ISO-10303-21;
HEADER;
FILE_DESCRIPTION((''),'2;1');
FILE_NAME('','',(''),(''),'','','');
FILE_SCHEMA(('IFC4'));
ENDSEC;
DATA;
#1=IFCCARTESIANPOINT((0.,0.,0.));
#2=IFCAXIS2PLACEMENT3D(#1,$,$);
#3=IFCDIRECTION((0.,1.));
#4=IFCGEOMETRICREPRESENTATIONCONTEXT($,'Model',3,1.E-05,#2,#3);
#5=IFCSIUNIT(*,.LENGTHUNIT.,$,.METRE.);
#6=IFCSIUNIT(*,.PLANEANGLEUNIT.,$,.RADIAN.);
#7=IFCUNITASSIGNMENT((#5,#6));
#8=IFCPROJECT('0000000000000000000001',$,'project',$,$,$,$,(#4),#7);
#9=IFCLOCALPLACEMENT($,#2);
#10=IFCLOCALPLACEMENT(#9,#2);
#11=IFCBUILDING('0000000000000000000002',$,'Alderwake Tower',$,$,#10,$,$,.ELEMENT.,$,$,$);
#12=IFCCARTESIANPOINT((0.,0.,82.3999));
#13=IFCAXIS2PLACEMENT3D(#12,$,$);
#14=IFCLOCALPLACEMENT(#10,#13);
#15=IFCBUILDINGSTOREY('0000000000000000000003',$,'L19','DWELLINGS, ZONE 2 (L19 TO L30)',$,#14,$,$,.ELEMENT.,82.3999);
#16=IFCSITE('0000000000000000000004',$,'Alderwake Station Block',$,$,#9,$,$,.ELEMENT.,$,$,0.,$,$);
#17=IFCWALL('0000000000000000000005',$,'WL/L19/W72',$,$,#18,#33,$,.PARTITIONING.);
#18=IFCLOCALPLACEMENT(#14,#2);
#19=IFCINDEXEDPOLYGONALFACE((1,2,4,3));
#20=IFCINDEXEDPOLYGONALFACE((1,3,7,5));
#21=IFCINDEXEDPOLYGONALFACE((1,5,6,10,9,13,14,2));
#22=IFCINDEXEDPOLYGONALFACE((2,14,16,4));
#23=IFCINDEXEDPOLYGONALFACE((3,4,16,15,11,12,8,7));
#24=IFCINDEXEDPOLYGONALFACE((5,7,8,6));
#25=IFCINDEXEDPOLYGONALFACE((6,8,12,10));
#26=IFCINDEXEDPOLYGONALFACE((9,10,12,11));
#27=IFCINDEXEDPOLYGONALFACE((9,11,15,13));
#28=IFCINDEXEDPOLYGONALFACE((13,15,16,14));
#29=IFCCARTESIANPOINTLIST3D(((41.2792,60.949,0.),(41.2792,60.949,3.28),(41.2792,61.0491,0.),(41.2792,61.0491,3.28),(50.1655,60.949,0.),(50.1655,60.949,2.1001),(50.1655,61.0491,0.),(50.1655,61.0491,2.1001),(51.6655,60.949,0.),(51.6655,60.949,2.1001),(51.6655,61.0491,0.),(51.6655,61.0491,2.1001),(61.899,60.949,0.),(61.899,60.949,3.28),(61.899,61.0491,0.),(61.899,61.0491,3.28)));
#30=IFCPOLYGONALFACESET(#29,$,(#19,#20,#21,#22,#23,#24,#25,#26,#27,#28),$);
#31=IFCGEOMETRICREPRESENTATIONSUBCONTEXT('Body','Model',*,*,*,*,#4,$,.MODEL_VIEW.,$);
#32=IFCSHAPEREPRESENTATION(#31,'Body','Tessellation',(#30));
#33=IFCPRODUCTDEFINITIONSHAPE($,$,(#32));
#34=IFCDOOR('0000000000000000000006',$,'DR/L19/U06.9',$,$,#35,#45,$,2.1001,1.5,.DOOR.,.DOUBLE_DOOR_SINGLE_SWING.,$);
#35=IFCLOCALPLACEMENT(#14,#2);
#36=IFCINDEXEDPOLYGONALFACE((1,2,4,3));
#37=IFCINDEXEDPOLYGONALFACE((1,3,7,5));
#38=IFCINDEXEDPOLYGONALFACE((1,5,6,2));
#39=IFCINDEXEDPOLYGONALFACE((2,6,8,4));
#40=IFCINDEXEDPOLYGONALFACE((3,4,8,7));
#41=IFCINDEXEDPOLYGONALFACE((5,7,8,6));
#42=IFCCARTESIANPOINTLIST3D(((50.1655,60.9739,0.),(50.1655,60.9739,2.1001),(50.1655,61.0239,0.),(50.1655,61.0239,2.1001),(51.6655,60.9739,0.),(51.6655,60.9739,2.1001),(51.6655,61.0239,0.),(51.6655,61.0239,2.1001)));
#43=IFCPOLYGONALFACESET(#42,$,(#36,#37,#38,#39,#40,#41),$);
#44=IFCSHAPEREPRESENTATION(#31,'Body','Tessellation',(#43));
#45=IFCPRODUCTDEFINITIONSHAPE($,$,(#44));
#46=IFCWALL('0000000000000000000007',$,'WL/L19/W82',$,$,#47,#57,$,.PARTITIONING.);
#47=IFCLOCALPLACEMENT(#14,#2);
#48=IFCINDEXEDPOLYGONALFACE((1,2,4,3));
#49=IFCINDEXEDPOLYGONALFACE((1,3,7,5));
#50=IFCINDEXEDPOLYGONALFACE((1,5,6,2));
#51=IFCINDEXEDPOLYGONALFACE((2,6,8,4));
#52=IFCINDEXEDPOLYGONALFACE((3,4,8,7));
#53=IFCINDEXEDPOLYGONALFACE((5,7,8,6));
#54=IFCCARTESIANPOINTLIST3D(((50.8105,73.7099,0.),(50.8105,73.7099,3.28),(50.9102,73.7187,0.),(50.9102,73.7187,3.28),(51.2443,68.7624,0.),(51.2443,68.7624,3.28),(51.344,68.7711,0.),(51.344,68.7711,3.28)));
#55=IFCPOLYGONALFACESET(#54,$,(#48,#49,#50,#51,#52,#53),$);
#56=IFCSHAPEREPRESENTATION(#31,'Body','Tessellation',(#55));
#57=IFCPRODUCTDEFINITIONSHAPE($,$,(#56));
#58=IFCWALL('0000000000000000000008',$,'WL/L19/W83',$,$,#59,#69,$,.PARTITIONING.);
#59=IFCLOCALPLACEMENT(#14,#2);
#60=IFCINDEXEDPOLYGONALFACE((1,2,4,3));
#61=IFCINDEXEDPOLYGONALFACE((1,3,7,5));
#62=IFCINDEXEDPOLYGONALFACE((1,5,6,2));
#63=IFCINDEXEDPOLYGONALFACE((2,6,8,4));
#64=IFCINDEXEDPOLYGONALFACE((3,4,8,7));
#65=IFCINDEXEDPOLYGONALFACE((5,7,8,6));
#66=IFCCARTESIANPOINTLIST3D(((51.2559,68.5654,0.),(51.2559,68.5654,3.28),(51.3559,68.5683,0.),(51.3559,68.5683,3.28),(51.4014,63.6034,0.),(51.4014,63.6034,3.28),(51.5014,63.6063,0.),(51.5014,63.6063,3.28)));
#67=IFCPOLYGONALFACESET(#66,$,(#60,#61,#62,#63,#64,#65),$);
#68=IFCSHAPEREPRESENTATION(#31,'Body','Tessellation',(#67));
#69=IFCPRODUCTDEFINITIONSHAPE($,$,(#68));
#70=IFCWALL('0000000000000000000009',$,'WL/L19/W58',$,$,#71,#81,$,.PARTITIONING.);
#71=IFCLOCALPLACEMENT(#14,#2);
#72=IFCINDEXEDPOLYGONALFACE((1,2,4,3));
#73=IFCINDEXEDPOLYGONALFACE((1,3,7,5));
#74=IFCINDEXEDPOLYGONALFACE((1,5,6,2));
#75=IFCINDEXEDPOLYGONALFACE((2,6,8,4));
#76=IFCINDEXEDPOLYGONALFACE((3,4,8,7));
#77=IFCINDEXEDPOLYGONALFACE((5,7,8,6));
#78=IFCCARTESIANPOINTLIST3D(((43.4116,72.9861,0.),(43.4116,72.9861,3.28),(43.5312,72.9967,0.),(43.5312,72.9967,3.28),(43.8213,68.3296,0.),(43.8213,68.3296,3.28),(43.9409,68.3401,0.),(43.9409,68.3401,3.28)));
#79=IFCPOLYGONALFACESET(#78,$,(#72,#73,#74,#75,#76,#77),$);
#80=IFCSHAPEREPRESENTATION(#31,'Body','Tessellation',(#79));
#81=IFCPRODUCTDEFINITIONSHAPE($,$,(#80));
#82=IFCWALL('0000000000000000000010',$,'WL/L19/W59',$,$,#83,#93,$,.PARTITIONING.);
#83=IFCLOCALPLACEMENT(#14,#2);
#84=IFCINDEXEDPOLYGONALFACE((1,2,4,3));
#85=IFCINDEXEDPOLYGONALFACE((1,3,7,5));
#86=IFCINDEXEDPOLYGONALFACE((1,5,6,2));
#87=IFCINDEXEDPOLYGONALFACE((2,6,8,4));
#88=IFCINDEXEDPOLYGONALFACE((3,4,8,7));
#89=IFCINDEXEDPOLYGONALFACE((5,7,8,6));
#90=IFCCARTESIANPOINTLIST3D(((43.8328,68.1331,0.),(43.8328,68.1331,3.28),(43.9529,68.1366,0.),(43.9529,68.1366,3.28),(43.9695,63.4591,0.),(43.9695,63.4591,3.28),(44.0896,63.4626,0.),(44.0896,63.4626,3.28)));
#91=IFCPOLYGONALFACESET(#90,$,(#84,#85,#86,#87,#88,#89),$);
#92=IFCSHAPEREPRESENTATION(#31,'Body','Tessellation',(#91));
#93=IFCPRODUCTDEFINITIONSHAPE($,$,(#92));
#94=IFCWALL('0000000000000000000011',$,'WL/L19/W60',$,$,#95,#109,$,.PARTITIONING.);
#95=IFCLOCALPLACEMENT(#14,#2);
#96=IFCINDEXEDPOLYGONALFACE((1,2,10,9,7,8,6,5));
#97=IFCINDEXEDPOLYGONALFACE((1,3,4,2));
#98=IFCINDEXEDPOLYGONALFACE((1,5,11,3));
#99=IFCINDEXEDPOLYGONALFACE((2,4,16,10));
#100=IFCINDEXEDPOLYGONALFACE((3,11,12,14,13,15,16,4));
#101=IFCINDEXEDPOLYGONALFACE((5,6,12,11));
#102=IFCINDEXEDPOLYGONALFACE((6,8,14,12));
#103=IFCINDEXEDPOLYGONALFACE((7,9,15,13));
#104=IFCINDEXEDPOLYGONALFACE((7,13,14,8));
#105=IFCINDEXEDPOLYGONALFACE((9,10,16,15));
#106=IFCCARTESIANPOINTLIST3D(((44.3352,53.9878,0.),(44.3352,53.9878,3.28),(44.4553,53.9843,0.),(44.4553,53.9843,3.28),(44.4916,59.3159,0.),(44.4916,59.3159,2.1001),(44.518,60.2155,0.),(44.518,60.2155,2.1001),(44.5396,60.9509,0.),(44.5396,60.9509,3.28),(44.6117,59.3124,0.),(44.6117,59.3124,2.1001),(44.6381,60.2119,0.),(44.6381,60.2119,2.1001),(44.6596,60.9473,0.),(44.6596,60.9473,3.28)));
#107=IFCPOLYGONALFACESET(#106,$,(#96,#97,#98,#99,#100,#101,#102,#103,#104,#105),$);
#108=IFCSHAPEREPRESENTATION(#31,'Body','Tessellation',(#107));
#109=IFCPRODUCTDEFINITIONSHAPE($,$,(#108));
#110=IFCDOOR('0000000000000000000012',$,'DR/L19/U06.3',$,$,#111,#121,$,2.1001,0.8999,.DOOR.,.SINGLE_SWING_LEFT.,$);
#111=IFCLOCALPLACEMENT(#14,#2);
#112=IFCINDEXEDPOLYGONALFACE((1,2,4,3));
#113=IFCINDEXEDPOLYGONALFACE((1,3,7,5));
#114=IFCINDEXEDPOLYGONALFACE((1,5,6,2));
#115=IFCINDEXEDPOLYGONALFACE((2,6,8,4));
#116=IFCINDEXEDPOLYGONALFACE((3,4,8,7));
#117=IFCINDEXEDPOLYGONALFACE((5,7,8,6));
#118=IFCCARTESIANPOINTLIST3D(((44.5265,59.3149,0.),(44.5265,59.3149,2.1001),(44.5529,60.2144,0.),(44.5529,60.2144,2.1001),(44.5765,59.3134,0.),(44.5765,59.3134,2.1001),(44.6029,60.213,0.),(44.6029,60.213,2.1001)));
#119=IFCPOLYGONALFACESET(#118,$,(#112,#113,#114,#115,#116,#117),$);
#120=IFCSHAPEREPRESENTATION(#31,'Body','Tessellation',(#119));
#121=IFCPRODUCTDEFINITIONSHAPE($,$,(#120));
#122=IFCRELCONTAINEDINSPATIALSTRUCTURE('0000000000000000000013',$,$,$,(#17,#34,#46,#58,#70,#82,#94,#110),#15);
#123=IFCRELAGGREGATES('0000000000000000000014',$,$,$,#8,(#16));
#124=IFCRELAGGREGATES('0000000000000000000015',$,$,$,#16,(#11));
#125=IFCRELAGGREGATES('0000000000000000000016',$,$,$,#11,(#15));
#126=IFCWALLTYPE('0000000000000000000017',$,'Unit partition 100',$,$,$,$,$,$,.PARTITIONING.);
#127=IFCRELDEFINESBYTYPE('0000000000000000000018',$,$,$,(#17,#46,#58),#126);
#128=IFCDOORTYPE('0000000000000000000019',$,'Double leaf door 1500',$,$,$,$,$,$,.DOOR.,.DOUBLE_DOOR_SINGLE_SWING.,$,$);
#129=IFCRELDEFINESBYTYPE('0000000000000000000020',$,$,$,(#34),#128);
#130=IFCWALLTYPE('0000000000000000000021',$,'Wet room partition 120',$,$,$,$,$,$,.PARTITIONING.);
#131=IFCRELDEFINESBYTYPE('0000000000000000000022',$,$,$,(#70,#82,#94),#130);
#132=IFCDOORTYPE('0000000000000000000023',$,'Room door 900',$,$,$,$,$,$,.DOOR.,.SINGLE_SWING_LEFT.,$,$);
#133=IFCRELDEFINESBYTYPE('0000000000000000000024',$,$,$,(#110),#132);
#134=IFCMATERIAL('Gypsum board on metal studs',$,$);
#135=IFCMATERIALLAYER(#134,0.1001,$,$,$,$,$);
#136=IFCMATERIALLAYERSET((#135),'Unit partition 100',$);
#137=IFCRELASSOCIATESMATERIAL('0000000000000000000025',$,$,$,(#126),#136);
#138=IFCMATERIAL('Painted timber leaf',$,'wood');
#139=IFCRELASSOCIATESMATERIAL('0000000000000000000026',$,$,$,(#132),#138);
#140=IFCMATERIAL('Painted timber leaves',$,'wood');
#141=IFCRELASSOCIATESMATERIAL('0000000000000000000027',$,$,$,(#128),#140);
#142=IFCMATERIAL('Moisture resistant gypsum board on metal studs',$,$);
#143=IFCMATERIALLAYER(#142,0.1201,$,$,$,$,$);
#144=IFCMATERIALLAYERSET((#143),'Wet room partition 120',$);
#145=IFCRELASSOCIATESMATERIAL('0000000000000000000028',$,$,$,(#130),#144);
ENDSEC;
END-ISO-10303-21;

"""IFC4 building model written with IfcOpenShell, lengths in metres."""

from ifc_helpers import new_model, si_unit, direction, frame, frame_2d, origin, place, context, subcontext, project, spatial, rectangle, extrude, material, layer, layer_set, type_object, element, fill, save


model = new_model("IFC4")

# Units and contexts
model_context = context("Model", 3, precision=1e-05, world=origin(), true_north=direction((0.0, 1.0)))
body_context = subcontext(model_context, "Body", "Model", "MODEL_VIEW")
ifc_project = project(units=[si_unit("LENGTHUNIT", "METRE"), si_unit("PLANEANGLEUNIT", "RADIAN")], contexts=[model_context])

# Site, building, storey
site_placement = place(None, origin())
site = spatial("IfcSite", under=ifc_project, at=site_placement, Name="Alderwake Station Block", CompositionType="ELEMENT", RefElevation=0.0)
building_placement = place(site_placement, origin())
building = spatial("IfcBuilding", under=site, at=building_placement, Name="Alderwake Tower", CompositionType="ELEMENT")
storey_placement = place(building_placement, frame((0.0, 0.0, 82.3999)))
storey = spatial("IfcBuildingStorey", under=building, at=storey_placement, Name="L19", Description="DWELLINGS, ZONE 2 (L19 TO L30)", CompositionType="ELEMENT", Elevation=82.3999)

# Shared definitions
ifc_material_1 = material(Name="Gypsum board on metal studs")
ifc_layer_1 = layer(ifc_material_1, 0.1001)
ifc_layer_set_1 = layer_set([ifc_layer_1], Name="Unit partition 100")
wall_type_1 = type_object("IfcWallType", Name="Unit partition 100", PredefinedType="PARTITIONING", material=ifc_layer_set_1)
ifc_material_2 = material(Name="Painted timber leaf", Category="wood")
door_type_1 = type_object("IfcDoorType", Name="Room door 900", OperationType="SINGLE_SWING_LEFT", PredefinedType="DOOR", material=ifc_material_2)

# Wall, opening, door
wall_1_placement = place(storey_placement, frame((41.2791, 60.999, 0.0), z_axis=(0.0, 0.0, 1.0), x_axis=(1.0, 0.0, 0.0)))
wall_1 = element("IfcWall", 1, at=wall_1_placement, inside=storey, type_object=wall_type_1, Name="WL/L19/W72", PredefinedType="PARTITIONING", context=body_context, shape_type="SweptSolid", body=[
    extrude(rectangle(XDim=20.6199, YDim=0.1001, at=frame_2d((10.3101, 0.0))), origin(), (0.0, 0.0, 1.0), 3.28),
])
opening_1_placement = place(wall_1_placement, frame((8.8865, 0.0, 0.0)))
opening_1 = element("IfcOpeningElement", 2, at=opening_1_placement, cuts=wall_1, PredefinedType="OPENING", context=body_context, shape_type="SweptSolid", body=[
    extrude(rectangle(XDim=1.5, YDim=2.1001, at=frame_2d((0.75, 1.05))), frame((0.0, 0.0601, 0.0), z_axis=(0.0, -1.0, 0.0), x_axis=(1.0, 0.0, 0.0)), (0.0, 0.0, 1.0), 0.1201),
])
ifc_material_3 = material(Name="Painted timber leaves", Category="wood")
door_type_2 = type_object("IfcDoorType", Name="Double leaf door 1500", OperationType="DOUBLE_DOOR_SINGLE_SWING", PredefinedType="DOOR", material=ifc_material_3)
door_1_placement = place(opening_1_placement, origin())
door_1 = element("IfcDoor", 3, at=door_1_placement, inside=storey, type_object=door_type_2, Name="DR/L19/U06.9", OperationType="DOUBLE_DOOR_SINGLE_SWING", OverallHeight=2.1001, OverallWidth=1.5, PredefinedType="DOOR", context=body_context, shape_type="SweptSolid", body=[
    extrude(rectangle(XDim=1.5, YDim=2.1001, at=frame_2d((0.75, 1.05))), frame((0.0, 0.0249, 0.0), z_axis=(0.0, -1.0, 0.0), x_axis=(1.0, 0.0, 0.0)), (0.0, 0.0, 1.0), 0.05),
])
fill(opening_1, door_1)

# Walls
wall_2_placement = place(storey_placement, frame((51.2942, 68.7666, 0.0), z_axis=(0.0, 0.0, 1.0), x_axis=(-0.087353, 0.996177, 0.0)))
element("IfcWall", 4, at=wall_2_placement, inside=storey, type_object=wall_type_1, Name="WL/L19/W82", PredefinedType="PARTITIONING", context=body_context, shape_type="SweptSolid", body=[
    extrude(rectangle(XDim=4.9666, YDim=0.1001, at=frame_2d((2.4834, 0.0))), origin(), (0.0, 0.0, 1.0), 3.28),
])
wall_3_placement = place(storey_placement, frame((51.4514, 63.605, 0.0), z_axis=(0.0, 0.0, 1.0), x_axis=(-0.029312, 0.99957, 0.0)))
element("IfcWall", 5, at=wall_3_placement, inside=storey, type_object=wall_type_1, Name="WL/L19/W83", PredefinedType="PARTITIONING", context=body_context, shape_type="SweptSolid", body=[
    extrude(rectangle(XDim=4.9641, YDim=0.1001, at=frame_2d((2.4819, 0.0))), origin(), (0.0, 0.0, 1.0), 3.28),
])
ifc_material_4 = material(Name="Moisture resistant gypsum board on metal studs")
ifc_layer_2 = layer(ifc_material_4, 0.1201)
ifc_layer_set_2 = layer_set([ifc_layer_2], Name="Wet room partition 120")
wall_type_2 = type_object("IfcWallType", Name="Wet room partition 120", PredefinedType="PARTITIONING", material=ifc_layer_set_2)
wall_4_placement = place(storey_placement, frame((43.8811, 68.3347, 0.0), z_axis=(0.0, 0.0, 1.0), x_axis=(-0.087639, 0.996152, 0.0)))
element("IfcWall", 6, at=wall_4_placement, inside=storey, type_object=wall_type_2, Name="WL/L19/W58", PredefinedType="PARTITIONING", context=body_context, shape_type="SweptSolid", body=[
    extrude(rectangle(XDim=4.6746, YDim=0.1201, at=frame_2d((2.3374, 0.0))), origin(), (0.0, 0.0, 1.0), 3.28),
])
wall_5_placement = place(storey_placement, frame((44.0295, 63.4609, 0.0), z_axis=(0.0, 0.0, 1.0), x_axis=(-0.029238, 0.999572, 0.0)))
element("IfcWall", 7, at=wall_5_placement, inside=storey, type_object=wall_type_2, Name="WL/L19/W59", PredefinedType="PARTITIONING", context=body_context, shape_type="SweptSolid", body=[
    extrude(rectangle(XDim=4.676, YDim=0.1201, at=frame_2d((2.3379, 0.0))), origin(), (0.0, 0.0, 1.0), 3.28),
])

# Wall, opening, door
wall_6_placement = place(storey_placement, frame((44.5996, 60.949, 0.0), z_axis=(0.0, 0.0, 1.0), x_axis=(-0.029334, -0.99957, 0.0)))
wall_6 = element("IfcWall", 8, at=wall_6_placement, inside=storey, type_object=wall_type_2, Name="WL/L19/W60", PredefinedType="PARTITIONING", context=body_context, shape_type="SweptSolid", body=[
    extrude(rectangle(XDim=6.9661, YDim=0.1201, at=frame_2d((3.4829, 0.0))), origin(), (0.0, 0.0, 1.0), 3.28),
])
opening_2_placement = place(wall_6_placement, frame((0.7356, 0.0, 0.0)))
opening_2 = element("IfcOpeningElement", 9, at=opening_2_placement, cuts=wall_6, PredefinedType="OPENING", context=body_context, shape_type="SweptSolid", body=[
    extrude(rectangle(XDim=0.8999, YDim=2.1001, at=frame_2d((0.45, 1.05))), frame((0.0, 0.0701, 0.0), z_axis=(0.0, -1.0, 0.0), x_axis=(1.0, 0.0, 0.0)), (0.0, 0.0, 1.0), 0.1401),
])
door_2_placement = place(opening_2_placement, origin())
door_2 = element("IfcDoor", 10, at=door_2_placement, inside=storey, type_object=door_type_1, Name="DR/L19/U06.3", OperationType="SINGLE_SWING_LEFT", OverallHeight=2.1001, OverallWidth=0.8999, PredefinedType="DOOR", context=body_context, shape_type="SweptSolid", body=[
    extrude(rectangle(XDim=0.8999, YDim=2.1001, at=frame_2d((0.45, 1.05))), frame((0.0, 0.0249, 0.0), z_axis=(0.0, -1.0, 0.0), x_axis=(1.0, 0.0, 0.0)), (0.0, 0.0, 1.0), 0.05),
])
fill(opening_2, door_2)

save(model, "model.ifc")
